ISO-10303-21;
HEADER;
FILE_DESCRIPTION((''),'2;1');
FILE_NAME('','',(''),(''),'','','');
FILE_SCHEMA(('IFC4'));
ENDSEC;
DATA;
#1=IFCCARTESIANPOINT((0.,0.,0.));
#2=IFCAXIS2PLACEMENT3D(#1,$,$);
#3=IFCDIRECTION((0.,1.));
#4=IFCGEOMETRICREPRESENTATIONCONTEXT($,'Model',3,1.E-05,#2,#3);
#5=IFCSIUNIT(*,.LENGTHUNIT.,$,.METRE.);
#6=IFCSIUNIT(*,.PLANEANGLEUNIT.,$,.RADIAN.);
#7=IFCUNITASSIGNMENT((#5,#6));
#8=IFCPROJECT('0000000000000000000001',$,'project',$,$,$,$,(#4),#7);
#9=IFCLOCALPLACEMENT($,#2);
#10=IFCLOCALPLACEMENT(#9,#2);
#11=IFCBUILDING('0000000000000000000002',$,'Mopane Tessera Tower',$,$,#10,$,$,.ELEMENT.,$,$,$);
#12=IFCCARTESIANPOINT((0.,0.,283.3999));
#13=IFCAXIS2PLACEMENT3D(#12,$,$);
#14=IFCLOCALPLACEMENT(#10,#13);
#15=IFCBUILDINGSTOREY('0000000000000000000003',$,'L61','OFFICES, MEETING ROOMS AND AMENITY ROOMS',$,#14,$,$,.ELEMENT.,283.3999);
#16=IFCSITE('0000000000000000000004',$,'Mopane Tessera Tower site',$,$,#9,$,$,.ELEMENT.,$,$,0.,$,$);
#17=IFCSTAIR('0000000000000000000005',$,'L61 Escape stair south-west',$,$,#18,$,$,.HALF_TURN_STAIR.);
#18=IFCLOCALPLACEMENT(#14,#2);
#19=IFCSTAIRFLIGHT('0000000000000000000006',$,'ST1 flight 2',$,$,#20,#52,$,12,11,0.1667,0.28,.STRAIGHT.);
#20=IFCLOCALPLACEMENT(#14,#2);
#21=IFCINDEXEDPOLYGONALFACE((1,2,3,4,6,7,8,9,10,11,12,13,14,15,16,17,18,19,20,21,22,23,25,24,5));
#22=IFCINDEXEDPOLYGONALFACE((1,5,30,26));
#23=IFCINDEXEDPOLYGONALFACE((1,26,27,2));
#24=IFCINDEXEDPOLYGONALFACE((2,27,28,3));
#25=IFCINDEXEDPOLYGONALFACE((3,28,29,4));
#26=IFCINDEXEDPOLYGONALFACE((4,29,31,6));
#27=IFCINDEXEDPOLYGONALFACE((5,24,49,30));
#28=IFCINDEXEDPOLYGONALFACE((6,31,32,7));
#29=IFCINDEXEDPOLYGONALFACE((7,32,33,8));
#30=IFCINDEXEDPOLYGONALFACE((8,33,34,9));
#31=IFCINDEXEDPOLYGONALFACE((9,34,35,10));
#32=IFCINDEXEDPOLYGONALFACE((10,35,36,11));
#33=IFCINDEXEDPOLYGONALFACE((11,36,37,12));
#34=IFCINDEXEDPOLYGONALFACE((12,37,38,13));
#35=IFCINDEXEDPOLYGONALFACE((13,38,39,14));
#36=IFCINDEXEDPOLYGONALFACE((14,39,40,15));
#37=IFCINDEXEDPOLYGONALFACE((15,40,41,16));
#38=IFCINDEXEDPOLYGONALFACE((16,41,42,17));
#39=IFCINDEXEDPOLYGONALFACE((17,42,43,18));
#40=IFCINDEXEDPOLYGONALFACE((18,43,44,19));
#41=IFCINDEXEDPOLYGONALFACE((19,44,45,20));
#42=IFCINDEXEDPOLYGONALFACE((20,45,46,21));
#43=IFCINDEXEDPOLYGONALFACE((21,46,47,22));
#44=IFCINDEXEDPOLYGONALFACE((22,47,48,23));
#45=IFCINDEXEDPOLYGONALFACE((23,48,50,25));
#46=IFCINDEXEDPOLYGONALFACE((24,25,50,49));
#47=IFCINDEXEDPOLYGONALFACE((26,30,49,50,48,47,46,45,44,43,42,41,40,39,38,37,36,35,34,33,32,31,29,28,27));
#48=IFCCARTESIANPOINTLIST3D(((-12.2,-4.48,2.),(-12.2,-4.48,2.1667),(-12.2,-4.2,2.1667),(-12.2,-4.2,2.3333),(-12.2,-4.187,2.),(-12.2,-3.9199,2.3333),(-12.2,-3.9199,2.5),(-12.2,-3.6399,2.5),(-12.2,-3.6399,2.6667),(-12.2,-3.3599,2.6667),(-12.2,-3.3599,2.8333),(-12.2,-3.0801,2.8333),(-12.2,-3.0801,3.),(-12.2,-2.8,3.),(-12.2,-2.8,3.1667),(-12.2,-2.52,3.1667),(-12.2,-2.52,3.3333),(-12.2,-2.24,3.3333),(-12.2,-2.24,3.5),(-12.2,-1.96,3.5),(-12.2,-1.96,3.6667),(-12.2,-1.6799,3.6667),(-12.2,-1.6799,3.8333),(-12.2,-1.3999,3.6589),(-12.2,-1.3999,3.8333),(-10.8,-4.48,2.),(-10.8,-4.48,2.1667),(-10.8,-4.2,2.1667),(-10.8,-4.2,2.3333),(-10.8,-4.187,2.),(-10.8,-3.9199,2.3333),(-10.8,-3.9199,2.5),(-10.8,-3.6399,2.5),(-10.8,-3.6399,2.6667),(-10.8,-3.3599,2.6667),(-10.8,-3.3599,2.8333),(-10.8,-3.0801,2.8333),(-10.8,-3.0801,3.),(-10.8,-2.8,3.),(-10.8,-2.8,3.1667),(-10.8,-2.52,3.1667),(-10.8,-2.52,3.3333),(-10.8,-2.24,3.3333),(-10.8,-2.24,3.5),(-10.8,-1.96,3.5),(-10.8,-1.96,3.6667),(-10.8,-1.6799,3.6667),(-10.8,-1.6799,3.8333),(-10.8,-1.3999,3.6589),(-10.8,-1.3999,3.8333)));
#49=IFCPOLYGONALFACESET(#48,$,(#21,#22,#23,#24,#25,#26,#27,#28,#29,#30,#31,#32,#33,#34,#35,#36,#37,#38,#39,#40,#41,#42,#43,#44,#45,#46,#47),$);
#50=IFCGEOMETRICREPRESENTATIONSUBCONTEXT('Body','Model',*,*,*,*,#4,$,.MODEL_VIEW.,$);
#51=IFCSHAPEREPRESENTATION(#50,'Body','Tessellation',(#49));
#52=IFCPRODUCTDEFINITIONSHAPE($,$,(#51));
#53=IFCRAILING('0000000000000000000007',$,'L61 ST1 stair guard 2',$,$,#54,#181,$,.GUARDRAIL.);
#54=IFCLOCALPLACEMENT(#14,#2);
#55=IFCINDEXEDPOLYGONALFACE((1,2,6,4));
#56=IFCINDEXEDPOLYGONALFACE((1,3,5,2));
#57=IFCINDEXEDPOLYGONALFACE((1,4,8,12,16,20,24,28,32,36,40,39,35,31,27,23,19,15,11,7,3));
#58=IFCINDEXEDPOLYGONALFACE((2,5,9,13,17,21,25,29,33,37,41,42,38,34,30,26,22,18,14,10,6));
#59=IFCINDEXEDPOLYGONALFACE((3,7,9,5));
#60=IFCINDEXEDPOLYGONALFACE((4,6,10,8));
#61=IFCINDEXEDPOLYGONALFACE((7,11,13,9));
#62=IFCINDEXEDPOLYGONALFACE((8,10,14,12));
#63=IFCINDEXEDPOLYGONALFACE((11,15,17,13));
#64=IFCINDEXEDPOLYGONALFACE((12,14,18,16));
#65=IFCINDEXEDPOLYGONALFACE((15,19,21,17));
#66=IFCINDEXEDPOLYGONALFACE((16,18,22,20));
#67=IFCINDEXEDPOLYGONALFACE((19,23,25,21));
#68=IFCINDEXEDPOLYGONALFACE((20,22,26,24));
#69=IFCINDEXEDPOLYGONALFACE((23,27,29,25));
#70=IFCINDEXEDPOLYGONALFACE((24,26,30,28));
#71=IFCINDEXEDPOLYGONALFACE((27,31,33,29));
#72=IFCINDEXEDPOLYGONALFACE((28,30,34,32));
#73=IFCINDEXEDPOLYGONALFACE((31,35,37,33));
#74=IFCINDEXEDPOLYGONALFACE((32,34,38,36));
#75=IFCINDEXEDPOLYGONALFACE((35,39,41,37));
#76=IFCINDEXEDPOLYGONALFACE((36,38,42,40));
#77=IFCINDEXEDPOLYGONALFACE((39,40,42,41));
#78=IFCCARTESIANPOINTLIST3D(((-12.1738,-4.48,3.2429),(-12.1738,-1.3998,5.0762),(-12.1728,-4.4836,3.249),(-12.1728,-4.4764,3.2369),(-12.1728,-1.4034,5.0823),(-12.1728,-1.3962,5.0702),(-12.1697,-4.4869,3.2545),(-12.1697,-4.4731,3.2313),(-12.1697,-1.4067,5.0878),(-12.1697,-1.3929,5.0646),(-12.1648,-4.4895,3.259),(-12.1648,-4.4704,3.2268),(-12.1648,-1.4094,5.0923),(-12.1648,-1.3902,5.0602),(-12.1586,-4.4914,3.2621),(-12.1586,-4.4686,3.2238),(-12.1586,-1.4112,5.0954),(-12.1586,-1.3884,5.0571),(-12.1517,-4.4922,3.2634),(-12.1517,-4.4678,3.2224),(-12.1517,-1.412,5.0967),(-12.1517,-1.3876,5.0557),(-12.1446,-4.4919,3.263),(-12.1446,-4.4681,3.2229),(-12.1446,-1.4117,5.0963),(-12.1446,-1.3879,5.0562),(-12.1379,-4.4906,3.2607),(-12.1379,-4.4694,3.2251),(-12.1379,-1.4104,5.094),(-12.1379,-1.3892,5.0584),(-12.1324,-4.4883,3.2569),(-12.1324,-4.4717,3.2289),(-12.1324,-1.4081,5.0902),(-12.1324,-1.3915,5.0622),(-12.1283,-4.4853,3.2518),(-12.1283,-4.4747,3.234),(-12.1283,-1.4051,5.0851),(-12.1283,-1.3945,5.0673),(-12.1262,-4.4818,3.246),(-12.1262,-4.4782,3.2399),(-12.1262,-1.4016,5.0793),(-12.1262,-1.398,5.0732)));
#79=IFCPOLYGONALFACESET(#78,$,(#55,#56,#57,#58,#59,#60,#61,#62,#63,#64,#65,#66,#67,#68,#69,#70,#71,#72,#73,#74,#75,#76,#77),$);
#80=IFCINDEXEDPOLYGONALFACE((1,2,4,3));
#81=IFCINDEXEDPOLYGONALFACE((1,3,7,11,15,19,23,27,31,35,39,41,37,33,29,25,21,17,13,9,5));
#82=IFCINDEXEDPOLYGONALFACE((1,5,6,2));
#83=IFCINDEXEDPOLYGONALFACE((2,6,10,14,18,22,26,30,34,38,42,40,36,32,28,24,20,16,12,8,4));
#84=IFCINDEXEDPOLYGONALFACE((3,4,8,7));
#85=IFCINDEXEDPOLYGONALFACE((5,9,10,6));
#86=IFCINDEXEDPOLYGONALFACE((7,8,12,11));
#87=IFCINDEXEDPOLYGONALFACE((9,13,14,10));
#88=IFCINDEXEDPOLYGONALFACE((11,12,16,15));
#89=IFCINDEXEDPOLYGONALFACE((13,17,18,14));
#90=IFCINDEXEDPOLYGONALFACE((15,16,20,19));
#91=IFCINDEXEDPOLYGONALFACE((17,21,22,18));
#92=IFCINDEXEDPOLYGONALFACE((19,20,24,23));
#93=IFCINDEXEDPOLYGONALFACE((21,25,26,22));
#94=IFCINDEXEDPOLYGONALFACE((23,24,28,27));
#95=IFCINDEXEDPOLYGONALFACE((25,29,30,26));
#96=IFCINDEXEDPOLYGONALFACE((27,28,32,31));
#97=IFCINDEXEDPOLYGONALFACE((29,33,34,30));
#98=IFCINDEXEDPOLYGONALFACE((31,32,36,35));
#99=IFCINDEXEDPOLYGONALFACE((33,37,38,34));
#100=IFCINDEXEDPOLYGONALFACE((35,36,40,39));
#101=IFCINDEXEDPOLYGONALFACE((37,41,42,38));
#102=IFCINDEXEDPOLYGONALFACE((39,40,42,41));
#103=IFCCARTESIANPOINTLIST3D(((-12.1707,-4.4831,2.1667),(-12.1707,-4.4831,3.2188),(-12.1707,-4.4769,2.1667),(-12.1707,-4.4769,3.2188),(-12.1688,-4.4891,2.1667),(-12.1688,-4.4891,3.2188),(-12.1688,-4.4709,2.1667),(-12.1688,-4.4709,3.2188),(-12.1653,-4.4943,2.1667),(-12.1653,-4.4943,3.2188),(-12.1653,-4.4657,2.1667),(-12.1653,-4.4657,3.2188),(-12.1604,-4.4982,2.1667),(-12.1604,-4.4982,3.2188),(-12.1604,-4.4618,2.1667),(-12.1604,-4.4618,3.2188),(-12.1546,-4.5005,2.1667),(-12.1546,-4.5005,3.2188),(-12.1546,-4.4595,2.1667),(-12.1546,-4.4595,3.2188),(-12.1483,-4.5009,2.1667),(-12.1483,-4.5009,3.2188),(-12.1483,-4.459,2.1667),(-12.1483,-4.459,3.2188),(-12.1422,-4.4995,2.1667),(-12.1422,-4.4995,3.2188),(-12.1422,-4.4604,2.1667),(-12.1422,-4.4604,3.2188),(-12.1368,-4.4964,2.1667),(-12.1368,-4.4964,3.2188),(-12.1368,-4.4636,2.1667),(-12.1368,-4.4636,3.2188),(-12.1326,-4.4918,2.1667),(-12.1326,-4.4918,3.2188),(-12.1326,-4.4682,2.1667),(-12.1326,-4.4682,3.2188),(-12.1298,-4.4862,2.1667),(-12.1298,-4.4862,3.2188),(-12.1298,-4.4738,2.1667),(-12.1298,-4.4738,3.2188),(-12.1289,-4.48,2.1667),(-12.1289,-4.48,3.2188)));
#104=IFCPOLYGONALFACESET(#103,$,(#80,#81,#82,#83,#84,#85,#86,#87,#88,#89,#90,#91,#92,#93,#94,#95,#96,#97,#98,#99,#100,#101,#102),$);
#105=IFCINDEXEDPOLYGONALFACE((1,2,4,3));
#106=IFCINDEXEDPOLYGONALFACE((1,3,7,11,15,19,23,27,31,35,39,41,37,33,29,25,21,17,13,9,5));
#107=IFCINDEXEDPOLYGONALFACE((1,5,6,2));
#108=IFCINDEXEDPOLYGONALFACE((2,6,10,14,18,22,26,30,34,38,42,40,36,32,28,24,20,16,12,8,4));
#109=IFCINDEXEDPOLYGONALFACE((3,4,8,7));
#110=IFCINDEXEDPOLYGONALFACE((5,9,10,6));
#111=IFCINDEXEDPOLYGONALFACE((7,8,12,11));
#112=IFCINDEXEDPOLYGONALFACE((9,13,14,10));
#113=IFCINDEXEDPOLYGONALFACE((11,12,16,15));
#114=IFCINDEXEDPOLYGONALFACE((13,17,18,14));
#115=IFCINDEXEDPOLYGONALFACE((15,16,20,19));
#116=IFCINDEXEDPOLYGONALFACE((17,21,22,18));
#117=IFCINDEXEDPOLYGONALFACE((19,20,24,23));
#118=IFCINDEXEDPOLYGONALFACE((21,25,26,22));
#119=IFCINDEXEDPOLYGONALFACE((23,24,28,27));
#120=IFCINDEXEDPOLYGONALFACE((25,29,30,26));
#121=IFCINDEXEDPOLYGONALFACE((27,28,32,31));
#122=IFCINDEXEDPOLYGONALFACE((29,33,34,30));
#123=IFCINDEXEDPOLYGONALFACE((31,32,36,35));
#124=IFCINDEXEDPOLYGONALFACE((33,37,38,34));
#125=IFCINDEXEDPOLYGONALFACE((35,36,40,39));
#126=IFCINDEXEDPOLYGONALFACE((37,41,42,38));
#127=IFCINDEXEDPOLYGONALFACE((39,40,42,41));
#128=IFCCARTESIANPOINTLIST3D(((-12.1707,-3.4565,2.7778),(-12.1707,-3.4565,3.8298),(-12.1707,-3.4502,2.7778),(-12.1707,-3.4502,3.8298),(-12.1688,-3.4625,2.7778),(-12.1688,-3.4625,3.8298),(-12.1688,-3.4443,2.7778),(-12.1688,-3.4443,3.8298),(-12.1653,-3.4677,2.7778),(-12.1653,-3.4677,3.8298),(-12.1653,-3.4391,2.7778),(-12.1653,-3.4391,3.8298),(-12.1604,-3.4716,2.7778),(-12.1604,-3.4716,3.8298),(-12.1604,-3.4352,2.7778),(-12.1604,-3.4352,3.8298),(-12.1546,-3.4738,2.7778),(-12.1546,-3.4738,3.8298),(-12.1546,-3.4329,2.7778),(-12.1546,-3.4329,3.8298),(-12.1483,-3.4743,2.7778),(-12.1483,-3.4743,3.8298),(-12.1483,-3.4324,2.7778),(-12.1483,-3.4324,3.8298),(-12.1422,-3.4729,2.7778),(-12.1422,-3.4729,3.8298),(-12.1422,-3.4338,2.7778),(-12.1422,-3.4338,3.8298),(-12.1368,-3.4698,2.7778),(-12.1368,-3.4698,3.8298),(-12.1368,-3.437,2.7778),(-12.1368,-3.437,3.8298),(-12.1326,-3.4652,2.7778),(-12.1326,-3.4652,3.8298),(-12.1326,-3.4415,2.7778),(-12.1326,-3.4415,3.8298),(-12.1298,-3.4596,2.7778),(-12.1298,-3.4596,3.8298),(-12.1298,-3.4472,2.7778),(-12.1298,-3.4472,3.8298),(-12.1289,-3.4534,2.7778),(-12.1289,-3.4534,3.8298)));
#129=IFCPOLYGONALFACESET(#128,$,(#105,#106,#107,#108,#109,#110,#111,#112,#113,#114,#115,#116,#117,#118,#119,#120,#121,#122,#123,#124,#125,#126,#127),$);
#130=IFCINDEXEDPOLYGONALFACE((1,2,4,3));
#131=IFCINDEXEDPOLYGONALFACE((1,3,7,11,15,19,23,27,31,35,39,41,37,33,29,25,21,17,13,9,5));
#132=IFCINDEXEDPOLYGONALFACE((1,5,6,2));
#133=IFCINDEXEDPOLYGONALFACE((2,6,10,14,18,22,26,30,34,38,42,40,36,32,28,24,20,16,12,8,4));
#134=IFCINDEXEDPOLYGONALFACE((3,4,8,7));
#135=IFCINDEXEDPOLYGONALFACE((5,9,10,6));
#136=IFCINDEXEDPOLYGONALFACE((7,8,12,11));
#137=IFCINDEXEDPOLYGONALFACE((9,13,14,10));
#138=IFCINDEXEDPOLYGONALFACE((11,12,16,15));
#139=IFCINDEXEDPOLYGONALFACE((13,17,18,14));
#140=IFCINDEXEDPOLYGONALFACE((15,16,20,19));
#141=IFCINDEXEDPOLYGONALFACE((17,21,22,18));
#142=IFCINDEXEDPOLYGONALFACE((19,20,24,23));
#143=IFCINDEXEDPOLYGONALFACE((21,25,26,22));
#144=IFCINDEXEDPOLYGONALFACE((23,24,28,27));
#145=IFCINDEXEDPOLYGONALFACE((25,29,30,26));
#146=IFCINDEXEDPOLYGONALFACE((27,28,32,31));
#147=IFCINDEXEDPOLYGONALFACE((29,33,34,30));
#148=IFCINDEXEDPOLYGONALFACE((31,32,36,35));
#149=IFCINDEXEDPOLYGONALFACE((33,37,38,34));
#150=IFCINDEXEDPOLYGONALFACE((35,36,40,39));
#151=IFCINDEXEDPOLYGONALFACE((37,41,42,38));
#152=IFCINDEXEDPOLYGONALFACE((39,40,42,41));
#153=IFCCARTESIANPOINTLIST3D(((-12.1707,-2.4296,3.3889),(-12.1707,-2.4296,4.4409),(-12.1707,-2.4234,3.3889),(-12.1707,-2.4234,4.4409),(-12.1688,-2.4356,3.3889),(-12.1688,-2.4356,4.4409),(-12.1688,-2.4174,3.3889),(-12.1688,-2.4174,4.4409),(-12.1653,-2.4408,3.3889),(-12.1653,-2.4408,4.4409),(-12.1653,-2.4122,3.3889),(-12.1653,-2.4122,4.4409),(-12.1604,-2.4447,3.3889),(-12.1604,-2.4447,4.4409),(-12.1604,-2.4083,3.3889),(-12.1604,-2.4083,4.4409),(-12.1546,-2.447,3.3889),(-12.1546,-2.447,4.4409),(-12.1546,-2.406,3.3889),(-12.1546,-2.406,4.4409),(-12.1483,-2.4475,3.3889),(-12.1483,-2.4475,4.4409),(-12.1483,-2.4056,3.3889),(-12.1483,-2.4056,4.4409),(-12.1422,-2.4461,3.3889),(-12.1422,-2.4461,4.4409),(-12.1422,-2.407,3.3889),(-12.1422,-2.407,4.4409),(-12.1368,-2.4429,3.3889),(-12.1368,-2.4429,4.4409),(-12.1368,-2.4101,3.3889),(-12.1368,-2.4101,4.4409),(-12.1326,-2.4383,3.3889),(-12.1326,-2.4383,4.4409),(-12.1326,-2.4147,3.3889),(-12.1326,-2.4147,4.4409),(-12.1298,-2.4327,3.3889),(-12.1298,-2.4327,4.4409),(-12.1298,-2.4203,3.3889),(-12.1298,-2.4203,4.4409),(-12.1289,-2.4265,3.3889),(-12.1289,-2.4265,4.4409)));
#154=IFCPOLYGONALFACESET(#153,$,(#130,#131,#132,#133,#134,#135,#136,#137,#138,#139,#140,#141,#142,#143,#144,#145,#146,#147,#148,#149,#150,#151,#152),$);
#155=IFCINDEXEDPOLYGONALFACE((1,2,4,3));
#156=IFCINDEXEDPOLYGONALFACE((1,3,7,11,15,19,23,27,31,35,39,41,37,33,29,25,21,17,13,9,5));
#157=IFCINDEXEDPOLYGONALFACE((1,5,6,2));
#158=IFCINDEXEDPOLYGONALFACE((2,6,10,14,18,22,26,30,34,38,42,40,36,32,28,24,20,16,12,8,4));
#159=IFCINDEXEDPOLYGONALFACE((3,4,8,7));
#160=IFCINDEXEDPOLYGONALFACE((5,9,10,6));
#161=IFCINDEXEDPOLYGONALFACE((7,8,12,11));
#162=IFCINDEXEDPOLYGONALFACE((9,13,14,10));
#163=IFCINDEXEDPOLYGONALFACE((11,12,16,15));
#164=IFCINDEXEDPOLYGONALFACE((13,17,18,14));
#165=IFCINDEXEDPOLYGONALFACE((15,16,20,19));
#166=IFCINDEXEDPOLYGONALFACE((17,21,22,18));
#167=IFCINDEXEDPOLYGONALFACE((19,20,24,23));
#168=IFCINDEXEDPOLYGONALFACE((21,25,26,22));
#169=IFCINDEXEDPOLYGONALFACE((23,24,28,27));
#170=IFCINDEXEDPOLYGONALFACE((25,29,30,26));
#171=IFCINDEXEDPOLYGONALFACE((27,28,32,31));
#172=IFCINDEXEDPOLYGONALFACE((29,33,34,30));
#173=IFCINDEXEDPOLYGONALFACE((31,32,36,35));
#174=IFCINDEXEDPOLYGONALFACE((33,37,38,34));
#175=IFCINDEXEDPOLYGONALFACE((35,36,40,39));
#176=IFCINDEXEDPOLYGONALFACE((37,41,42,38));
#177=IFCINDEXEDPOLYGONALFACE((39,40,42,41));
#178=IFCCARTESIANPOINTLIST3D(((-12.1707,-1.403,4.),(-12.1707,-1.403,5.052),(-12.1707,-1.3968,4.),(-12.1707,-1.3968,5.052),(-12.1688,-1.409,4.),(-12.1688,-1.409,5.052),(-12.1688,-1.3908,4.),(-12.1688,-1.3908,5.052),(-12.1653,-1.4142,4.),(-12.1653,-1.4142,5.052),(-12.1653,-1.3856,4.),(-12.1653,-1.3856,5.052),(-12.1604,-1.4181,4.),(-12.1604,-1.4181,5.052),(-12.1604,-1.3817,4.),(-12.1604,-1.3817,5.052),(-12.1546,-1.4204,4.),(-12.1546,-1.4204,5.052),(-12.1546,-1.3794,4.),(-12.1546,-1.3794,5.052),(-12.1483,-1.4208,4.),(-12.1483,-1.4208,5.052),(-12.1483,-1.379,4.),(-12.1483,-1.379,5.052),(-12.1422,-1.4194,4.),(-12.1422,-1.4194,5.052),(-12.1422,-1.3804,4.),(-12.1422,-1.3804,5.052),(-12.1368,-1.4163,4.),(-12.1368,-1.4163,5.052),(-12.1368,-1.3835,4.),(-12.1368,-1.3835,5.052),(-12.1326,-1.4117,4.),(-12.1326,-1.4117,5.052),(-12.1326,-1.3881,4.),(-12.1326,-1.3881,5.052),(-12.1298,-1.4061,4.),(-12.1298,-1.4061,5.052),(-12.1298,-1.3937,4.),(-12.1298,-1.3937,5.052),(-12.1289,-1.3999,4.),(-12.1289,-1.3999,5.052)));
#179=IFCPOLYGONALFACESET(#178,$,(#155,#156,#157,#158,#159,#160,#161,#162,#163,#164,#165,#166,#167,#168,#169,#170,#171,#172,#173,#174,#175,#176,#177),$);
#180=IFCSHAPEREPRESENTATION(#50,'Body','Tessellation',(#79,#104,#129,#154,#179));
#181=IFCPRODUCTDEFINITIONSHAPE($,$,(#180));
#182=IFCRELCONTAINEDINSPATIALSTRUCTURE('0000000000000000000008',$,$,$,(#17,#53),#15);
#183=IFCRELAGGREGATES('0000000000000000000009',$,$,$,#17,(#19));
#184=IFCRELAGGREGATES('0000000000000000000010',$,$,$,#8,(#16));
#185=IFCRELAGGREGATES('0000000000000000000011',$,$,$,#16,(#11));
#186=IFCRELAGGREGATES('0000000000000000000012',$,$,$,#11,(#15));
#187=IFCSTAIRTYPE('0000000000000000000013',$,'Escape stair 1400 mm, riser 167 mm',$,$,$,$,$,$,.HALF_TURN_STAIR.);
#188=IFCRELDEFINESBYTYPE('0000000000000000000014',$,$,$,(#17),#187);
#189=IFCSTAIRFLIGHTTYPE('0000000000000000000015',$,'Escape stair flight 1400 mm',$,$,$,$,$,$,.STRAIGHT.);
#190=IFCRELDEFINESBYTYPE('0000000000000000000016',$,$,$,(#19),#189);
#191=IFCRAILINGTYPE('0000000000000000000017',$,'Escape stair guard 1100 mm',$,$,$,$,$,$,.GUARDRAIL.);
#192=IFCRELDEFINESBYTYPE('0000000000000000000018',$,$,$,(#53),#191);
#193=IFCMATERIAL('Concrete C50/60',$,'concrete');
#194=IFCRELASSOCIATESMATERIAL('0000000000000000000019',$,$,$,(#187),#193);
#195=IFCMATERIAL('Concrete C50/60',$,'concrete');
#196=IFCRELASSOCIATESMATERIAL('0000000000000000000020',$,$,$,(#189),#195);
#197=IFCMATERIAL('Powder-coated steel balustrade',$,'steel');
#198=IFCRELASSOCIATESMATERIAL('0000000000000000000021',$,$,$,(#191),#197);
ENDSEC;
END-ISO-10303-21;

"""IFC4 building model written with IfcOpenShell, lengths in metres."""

from ifc_helpers import new_model, si_unit, direction, frame, origin, origin_2d, place, context, subcontext, project, spatial, polyline, circle, outline, extrude, material, type_object, element, aggregate, save


model = new_model("IFC4")

# Units and contexts
model_context = context("Model", 3, precision=1e-05, world=origin(), true_north=direction((0.0, 1.0)))
body_context = subcontext(model_context, "Body", "Model", "MODEL_VIEW")
ifc_project = project(units=[si_unit("LENGTHUNIT", "METRE"), si_unit("PLANEANGLEUNIT", "RADIAN")], contexts=[model_context])

# Site, building, storey
site_placement = place(None, origin())
site = spatial("IfcSite", under=ifc_project, at=site_placement, Name="Mopane Tessera Tower site", CompositionType="ELEMENT", RefElevation=0.0)
building_placement = place(site_placement, origin())
building = spatial("IfcBuilding", under=site, at=building_placement, Name="Mopane Tessera Tower", CompositionType="ELEMENT")
storey_placement = place(building_placement, frame((0.0, 0.0, 283.3999)))
storey = spatial("IfcBuildingStorey", under=building, at=storey_placement, Name="L61", Description="OFFICES, MEETING ROOMS AND AMENITY ROOMS", CompositionType="ELEMENT", Elevation=283.3999)

# Stair, stair flight
ifc_material_1 = material(Name="Concrete C50/60", Category="concrete")
stair_type = type_object("IfcStairType", Name="Escape stair 1400 mm, riser 167 mm", PredefinedType="HALF_TURN_STAIR", material=ifc_material_1)
stair_placement = place(storey_placement, origin())
stair = element("IfcStair", 1, at=stair_placement, inside=storey, type_object=stair_type, Name="L61 Escape stair south-west", PredefinedType="HALF_TURN_STAIR")
ifc_material_2 = material(Name="Concrete C50/60", Category="concrete")
stair_flight_type = type_object("IfcStairFlightType", Name="Escape stair flight 1400 mm", PredefinedType="STRAIGHT", material=ifc_material_2)
stair_flight_1_placement = place(storey_placement, frame((-11.5, -4.48, 2.0), z_axis=(0.0, 0.0, 1.0), x_axis=(0.0, 1.0, 0.0)))
stair_flight_1 = element("IfcStairFlight", 2, at=stair_flight_1_placement, type_object=stair_flight_type, Name="ST1 flight 2", NumberOfRisers=12, NumberOfTreads=11, PredefinedType="STRAIGHT", RiserHeight=0.1667, TreadLength=0.28, context=body_context, shape_type="SweptSolid", body=[
    extrude(outline(polyline([(0.0, 0.0), (0.0, 0.1667), (0.28, 0.1667), (0.28, 0.3333), (0.5601, 0.3333), (0.5601, 0.5), (0.8401, 0.5), (0.8401, 0.6667), (1.1201, 0.6667), (1.1201, 0.8333), (1.3999, 0.8333), (1.3999, 1.0), (1.6799, 1.0), (1.6799, 1.1667), (1.96, 1.1667), (1.96, 1.3333), (2.24, 1.3333), (2.24, 1.5), (2.52, 1.5), (2.52, 1.6667), (2.8, 1.6667), (2.8, 1.8333), (3.0801, 1.8333), (3.0801, 2.0), (3.0801, 1.6589), (0.293, 0.0), (0.0, 0.0)])), frame((0.0, 0.7, 0.0), z_axis=(0.0, -1.0, 0.0), x_axis=(1.0, 0.0, 0.0)), (0.0, 0.0, 1.0), 1.3999),
])
aggregate(stair, [stair_flight_1])

# Railing
ifc_material_3 = material(Name="Powder-coated steel balustrade", Category="steel")
railing_type_1 = type_object("IfcRailingType", Name="Escape stair guard 1100 mm", PredefinedType="GUARDRAIL", material=ifc_material_3)
railing_1_placement = place(storey_placement, frame((-12.1499, -4.48, 2.1667)))
element("IfcRailing", 3, at=railing_1_placement, inside=storey, type_object=railing_type_1, Name="L61 ST1 stair guard 2", PredefinedType="GUARDRAIL", context=body_context, shape_type="SweptSolid", body=[
    extrude(circle(Radius=0.0239, at=origin_2d()), frame((0.0, 0.0, 1.0762), z_axis=(0.0, 0.859309, 0.511458), x_axis=(-1.0, 0.0, 0.0)), (0.0, 0.0, 1.0), 3.5845),
    extrude(circle(Radius=0.021, at=origin_2d()), origin(), (0.0, 0.0, 1.0), 1.052),
    extrude(circle(Radius=0.021, at=origin_2d()), frame((0.0, 1.0266, 0.6111)), (0.0, 0.0, 1.0), 1.052),
    extrude(circle(Radius=0.021, at=origin_2d()), frame((0.0, 2.0535, 1.2222)), (0.0, 0.0, 1.0), 1.052),
    extrude(circle(Radius=0.021, at=origin_2d()), frame((0.0, 3.0801, 1.8333)), (0.0, 0.0, 1.0), 1.052),
])

save(model, "model.ifc")
